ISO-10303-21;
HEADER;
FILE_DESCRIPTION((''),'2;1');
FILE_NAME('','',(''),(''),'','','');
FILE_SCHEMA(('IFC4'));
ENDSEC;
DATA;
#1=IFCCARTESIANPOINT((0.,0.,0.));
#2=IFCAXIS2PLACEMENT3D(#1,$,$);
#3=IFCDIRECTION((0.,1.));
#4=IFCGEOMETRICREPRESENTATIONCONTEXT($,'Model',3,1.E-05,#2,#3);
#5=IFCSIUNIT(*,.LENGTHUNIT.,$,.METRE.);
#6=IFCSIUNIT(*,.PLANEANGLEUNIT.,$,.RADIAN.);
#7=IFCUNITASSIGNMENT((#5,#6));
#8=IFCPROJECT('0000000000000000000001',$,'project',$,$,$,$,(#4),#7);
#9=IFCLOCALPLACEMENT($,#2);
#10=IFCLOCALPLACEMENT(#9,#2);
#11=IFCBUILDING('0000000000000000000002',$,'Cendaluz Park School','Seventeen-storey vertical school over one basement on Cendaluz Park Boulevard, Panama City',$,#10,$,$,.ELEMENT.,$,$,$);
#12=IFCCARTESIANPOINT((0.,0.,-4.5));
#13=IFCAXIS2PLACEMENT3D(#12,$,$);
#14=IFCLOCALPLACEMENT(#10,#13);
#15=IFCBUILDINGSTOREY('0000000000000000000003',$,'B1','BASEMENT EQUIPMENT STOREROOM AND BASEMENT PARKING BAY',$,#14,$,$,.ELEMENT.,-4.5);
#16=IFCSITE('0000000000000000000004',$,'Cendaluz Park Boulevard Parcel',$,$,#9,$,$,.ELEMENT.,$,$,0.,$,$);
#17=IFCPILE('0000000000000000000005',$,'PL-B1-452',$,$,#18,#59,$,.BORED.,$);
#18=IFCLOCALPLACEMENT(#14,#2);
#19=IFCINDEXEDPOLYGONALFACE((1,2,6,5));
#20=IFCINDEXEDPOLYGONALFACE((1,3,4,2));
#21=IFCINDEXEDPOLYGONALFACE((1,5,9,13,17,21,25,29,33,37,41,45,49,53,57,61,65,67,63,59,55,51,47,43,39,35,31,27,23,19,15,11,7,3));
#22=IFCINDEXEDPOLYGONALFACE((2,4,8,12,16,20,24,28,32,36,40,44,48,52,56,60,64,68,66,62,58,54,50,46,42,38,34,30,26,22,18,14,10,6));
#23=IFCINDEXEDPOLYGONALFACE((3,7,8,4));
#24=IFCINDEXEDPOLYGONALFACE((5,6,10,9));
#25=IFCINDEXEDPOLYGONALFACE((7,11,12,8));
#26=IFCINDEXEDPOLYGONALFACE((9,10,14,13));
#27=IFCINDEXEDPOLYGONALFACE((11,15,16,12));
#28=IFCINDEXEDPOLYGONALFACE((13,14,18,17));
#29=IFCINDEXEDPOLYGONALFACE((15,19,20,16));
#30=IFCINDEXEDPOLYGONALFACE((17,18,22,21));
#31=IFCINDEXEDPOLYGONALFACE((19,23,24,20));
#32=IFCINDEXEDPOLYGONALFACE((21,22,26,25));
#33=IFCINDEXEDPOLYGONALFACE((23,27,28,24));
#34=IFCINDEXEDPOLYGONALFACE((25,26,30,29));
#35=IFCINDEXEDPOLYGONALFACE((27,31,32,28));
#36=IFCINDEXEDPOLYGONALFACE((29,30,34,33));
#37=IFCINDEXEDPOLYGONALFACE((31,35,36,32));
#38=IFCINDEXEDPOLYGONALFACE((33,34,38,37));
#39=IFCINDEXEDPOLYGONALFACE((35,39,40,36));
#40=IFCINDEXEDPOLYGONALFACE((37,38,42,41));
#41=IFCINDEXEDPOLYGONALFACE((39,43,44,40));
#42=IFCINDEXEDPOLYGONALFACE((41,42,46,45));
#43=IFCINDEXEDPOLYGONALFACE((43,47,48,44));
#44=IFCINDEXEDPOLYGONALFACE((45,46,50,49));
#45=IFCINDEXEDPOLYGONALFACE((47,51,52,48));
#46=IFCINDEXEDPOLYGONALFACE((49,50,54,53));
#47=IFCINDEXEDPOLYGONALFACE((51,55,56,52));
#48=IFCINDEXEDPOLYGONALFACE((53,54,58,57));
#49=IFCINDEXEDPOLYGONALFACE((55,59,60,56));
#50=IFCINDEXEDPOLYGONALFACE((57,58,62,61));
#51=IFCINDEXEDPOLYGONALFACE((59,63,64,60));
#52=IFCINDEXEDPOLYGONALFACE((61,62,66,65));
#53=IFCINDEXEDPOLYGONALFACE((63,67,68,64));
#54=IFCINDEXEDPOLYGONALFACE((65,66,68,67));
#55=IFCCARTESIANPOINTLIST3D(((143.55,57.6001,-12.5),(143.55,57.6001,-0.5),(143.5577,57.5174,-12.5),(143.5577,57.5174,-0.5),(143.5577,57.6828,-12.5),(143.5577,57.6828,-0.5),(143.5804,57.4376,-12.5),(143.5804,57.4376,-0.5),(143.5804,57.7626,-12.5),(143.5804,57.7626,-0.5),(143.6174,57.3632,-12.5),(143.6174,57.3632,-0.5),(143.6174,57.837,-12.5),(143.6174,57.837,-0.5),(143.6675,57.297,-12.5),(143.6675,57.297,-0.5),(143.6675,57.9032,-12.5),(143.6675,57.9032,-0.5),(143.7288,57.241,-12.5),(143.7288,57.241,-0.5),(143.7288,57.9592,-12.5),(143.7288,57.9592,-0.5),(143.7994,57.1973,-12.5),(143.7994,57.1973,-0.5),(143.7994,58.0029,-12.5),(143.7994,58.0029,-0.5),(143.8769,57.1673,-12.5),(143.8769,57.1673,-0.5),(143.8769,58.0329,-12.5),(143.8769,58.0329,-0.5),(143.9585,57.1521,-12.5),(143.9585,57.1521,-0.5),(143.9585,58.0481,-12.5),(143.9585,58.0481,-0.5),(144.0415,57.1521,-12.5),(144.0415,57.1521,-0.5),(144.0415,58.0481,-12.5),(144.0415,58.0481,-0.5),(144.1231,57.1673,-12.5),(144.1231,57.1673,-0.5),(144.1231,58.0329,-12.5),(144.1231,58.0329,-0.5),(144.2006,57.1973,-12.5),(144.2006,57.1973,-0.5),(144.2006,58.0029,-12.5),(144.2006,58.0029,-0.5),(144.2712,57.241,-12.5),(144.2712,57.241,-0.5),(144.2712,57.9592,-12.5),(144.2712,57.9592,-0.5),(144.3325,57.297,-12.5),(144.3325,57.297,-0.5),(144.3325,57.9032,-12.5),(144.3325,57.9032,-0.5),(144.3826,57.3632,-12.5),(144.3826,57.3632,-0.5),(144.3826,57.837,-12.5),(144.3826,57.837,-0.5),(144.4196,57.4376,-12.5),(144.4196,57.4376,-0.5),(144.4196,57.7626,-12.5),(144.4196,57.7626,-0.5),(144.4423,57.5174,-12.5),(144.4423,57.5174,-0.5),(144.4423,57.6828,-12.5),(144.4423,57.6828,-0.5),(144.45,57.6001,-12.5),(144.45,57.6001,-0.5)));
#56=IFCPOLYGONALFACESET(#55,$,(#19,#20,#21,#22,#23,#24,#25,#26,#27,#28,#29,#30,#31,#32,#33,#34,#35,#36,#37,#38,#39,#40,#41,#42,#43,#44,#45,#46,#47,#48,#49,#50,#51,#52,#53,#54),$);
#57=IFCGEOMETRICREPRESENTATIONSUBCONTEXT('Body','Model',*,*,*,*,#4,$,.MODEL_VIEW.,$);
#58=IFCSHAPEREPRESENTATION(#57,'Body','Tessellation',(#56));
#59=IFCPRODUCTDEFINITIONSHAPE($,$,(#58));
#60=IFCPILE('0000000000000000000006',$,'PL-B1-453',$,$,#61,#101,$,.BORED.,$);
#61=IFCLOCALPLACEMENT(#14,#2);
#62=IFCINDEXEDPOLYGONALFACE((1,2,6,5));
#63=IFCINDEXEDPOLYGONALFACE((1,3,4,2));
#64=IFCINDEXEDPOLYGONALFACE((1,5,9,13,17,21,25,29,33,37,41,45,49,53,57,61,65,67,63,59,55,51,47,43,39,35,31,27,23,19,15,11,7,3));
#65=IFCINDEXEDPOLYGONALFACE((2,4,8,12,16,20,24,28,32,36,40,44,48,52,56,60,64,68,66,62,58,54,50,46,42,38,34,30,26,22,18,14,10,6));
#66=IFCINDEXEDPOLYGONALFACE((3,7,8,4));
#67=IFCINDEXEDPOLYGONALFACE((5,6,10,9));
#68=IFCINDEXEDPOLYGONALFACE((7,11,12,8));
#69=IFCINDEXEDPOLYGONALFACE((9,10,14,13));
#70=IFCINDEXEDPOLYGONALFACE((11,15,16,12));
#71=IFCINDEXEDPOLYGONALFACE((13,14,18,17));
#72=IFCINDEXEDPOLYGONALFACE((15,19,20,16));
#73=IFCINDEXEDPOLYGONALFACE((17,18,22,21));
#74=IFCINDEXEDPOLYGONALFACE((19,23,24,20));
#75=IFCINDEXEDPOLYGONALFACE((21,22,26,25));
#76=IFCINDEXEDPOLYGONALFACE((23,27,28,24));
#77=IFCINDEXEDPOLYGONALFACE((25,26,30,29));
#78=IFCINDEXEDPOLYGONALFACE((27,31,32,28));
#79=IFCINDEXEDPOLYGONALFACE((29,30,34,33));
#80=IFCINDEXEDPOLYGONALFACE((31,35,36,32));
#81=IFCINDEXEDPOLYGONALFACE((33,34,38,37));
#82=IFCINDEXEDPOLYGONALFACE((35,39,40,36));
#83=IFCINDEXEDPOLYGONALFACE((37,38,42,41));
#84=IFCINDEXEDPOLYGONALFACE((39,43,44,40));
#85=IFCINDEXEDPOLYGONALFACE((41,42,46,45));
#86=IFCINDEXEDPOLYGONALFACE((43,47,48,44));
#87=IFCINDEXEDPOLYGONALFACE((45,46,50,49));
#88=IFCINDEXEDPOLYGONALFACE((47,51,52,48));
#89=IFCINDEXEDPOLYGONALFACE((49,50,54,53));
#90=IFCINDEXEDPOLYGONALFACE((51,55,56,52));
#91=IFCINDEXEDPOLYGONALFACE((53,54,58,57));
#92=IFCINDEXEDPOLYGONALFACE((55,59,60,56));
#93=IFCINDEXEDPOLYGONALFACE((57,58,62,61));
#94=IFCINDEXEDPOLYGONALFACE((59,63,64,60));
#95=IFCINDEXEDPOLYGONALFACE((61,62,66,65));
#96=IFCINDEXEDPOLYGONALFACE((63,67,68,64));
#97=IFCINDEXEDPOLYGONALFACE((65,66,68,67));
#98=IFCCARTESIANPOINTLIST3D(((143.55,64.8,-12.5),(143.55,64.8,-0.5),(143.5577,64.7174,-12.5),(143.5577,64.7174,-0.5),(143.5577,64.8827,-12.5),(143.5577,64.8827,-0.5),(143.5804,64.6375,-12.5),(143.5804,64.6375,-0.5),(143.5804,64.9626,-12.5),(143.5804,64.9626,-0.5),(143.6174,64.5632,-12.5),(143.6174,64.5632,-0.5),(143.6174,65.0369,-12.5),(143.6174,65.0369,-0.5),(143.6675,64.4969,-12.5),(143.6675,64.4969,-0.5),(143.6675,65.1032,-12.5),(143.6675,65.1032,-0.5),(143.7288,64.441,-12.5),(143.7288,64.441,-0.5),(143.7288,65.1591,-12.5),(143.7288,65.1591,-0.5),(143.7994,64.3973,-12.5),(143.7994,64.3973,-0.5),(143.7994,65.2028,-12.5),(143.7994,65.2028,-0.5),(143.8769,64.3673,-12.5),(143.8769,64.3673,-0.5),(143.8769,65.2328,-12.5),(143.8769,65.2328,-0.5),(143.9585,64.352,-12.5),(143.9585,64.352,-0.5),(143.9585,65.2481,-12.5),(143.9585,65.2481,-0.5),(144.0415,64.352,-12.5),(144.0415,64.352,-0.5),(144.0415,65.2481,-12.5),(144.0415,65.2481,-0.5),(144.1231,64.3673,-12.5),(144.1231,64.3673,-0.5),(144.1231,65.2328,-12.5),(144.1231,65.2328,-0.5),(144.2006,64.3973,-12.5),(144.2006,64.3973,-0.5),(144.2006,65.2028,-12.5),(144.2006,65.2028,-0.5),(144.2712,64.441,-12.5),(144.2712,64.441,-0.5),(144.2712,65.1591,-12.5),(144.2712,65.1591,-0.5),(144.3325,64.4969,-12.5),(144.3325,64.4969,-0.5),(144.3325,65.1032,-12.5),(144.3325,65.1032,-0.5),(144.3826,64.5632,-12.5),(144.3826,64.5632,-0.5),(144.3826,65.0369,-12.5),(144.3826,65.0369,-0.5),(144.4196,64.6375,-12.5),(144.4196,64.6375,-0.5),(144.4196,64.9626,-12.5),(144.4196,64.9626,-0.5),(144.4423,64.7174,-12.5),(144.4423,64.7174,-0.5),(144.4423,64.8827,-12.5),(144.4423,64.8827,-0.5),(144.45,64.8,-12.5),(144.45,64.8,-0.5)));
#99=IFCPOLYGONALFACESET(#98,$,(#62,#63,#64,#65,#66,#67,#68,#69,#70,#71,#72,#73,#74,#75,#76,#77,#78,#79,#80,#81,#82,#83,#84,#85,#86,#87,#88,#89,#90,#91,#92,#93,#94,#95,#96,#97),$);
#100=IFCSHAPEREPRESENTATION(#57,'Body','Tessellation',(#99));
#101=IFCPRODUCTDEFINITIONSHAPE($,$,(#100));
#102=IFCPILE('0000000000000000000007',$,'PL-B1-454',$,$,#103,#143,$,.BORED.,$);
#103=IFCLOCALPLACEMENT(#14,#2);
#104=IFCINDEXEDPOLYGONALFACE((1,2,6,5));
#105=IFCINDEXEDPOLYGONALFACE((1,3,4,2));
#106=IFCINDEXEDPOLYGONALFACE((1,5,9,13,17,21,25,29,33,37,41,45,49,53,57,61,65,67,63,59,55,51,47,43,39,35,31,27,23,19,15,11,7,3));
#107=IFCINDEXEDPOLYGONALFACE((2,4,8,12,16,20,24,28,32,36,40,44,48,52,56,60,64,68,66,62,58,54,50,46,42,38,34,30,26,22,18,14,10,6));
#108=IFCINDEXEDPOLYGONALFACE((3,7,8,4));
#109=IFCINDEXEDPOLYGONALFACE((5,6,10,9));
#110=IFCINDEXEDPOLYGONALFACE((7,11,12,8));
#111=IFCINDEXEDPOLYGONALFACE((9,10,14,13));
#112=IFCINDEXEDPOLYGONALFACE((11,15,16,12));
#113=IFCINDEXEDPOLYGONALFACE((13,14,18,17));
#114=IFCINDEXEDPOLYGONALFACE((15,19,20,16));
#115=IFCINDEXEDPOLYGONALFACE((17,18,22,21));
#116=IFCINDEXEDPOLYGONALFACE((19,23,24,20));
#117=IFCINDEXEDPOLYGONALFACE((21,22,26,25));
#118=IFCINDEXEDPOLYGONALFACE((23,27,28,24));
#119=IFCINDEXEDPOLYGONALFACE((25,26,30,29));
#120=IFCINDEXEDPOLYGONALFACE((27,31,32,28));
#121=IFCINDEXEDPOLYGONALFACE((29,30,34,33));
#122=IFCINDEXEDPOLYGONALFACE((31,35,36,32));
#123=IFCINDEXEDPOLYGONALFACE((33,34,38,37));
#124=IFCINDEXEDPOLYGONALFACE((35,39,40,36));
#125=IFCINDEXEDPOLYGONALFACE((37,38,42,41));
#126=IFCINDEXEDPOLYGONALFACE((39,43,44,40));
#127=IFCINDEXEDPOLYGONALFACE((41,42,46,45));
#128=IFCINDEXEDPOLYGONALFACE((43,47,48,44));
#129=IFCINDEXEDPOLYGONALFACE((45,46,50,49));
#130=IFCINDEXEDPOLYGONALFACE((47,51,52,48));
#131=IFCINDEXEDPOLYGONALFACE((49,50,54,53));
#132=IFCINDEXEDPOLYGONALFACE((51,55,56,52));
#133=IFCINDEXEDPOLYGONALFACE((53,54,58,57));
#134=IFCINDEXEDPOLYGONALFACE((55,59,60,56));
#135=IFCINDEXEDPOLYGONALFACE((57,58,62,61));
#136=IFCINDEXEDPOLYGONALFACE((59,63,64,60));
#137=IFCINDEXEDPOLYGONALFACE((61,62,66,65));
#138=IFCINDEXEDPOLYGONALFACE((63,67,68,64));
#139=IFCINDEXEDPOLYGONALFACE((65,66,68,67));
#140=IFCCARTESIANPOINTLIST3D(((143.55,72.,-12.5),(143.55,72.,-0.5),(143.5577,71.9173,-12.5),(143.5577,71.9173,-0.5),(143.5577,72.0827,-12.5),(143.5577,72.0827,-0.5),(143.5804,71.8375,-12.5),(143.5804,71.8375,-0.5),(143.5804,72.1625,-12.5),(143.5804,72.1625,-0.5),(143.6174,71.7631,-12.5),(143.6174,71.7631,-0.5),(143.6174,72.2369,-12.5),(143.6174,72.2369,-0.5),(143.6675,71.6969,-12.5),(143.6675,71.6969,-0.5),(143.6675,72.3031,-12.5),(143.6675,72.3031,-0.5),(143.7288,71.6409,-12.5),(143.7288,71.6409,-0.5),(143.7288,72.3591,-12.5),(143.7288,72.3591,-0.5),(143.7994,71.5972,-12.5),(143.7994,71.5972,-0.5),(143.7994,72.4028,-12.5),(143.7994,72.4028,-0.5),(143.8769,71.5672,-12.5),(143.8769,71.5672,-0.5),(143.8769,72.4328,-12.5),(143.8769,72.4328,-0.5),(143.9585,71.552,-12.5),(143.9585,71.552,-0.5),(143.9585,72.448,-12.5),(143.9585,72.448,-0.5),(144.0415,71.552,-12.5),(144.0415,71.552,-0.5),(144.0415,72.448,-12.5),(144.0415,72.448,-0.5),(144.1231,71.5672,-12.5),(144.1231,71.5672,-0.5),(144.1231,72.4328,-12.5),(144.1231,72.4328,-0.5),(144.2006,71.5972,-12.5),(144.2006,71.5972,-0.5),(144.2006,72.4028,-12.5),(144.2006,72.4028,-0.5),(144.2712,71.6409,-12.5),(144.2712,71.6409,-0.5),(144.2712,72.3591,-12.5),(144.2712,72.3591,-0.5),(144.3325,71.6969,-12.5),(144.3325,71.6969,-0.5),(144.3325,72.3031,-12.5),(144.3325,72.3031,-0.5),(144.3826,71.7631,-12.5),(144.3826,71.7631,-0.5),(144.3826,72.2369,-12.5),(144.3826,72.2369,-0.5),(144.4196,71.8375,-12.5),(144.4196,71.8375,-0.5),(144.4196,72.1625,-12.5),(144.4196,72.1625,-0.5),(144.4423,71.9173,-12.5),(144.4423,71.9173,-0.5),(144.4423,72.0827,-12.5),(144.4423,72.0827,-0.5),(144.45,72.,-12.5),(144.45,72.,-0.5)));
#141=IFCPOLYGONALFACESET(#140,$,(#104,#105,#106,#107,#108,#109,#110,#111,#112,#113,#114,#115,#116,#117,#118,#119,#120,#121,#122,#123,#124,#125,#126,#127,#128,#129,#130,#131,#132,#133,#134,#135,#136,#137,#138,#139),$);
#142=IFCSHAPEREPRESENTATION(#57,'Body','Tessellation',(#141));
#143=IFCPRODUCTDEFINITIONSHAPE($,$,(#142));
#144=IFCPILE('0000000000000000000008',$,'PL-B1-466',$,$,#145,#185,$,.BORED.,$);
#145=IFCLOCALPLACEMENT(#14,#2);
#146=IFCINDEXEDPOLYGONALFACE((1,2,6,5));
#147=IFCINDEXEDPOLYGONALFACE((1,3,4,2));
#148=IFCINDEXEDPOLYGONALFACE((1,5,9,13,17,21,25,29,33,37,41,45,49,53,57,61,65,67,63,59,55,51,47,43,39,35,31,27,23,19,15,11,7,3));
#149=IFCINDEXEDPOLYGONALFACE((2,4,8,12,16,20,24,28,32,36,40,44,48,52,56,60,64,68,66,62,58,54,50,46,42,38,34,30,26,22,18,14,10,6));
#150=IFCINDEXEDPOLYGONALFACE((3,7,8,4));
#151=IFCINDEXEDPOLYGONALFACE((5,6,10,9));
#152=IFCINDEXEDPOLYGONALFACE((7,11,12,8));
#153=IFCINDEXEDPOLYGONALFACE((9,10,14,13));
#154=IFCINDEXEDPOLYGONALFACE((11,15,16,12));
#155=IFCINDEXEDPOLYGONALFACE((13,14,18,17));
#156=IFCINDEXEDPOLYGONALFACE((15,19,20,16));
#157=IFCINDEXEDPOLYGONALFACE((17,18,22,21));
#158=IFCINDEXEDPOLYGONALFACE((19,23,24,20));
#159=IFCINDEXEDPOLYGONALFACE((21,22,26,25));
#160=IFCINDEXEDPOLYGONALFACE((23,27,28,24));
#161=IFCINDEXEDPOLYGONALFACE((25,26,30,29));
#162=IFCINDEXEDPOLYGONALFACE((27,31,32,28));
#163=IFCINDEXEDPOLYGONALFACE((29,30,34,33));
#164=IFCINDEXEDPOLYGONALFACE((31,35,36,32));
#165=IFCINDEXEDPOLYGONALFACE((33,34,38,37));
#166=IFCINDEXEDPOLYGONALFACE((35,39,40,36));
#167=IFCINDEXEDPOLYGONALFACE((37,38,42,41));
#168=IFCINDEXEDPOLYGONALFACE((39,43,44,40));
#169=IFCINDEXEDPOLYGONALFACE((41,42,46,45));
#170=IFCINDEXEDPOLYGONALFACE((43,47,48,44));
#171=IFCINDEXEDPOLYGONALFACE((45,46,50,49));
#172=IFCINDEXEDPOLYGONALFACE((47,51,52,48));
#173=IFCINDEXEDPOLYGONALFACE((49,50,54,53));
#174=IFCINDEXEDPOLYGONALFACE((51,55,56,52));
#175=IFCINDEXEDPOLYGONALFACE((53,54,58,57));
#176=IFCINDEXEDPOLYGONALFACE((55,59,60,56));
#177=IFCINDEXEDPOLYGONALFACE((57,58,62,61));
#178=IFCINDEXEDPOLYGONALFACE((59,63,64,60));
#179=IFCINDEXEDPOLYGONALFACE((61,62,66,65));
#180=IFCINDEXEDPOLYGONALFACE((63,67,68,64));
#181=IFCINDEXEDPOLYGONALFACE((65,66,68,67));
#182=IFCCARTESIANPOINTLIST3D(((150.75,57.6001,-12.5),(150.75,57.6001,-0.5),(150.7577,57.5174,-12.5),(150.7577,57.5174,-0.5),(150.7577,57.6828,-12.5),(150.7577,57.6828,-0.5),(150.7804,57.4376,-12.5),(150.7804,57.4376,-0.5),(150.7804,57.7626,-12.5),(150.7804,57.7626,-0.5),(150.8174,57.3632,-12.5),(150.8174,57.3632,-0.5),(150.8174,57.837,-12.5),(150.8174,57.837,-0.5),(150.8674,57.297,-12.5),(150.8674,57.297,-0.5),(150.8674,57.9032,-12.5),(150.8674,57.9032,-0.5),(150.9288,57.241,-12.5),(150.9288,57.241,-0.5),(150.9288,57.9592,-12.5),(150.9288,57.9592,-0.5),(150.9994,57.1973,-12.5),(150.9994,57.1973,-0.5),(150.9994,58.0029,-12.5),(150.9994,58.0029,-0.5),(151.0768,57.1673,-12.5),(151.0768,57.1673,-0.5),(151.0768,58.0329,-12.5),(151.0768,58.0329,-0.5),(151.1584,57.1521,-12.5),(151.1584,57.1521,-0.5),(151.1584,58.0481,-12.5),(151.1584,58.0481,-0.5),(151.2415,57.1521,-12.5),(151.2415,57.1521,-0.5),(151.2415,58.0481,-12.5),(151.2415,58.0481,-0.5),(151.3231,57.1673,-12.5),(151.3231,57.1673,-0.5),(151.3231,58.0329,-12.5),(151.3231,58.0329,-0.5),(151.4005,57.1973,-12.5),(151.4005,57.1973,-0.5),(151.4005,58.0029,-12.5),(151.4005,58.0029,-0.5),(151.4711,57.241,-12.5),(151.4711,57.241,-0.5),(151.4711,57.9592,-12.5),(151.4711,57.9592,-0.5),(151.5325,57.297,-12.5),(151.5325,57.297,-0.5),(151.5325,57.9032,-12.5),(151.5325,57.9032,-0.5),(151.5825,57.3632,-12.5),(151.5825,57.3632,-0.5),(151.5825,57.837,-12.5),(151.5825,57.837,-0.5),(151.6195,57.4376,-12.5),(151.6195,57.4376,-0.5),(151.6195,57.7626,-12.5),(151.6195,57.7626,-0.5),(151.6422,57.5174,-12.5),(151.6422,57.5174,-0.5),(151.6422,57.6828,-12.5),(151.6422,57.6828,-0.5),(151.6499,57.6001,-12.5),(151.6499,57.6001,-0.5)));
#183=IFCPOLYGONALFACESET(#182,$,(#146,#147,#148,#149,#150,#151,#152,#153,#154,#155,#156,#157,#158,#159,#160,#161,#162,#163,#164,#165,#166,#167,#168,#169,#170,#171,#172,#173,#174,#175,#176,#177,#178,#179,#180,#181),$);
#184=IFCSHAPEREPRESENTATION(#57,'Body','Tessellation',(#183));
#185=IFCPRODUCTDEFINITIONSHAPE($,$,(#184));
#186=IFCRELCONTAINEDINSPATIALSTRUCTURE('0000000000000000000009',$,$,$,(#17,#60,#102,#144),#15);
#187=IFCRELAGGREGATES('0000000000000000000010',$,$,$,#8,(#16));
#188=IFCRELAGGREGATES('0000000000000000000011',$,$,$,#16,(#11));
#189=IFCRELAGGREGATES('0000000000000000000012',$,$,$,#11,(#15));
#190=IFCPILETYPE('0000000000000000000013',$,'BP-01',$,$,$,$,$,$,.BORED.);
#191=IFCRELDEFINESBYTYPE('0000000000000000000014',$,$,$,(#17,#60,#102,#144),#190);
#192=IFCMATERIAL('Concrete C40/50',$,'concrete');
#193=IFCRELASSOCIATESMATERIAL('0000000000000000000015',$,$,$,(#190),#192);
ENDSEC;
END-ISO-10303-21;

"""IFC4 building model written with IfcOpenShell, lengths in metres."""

from ifc_helpers import new_model, si_unit, direction, frame, origin, origin_2d, place, context, subcontext, project, spatial, circle, extrude, material, material_profile, profile_set, type_object, element, save


model = new_model("IFC4")

# Units and contexts
model_context = context("Model", 3, precision=1e-05, world=origin(), true_north=direction((0.0, 1.0)))
body_context = subcontext(model_context, "Body", "Model", "MODEL_VIEW")
ifc_project = project(units=[si_unit("LENGTHUNIT", "METRE"), si_unit("PLANEANGLEUNIT", "RADIAN")], contexts=[model_context])

# Site, building, storey
site_placement = place(None, origin())
site = spatial("IfcSite", under=ifc_project, at=site_placement, Name="Cendaluz Park Boulevard Parcel", CompositionType="ELEMENT", RefElevation=0.0)
building_placement = place(site_placement, origin())
building = spatial("IfcBuilding", under=site, at=building_placement, Name="Cendaluz Park School", Description="Seventeen-storey vertical school over one basement on Cendaluz Park Boulevard, Panama City", CompositionType="ELEMENT")
storey_placement = place(building_placement, frame((0.0, 0.0, -4.5)))
storey = spatial("IfcBuildingStorey", under=building, at=storey_placement, Name="B1", Description="BASEMENT EQUIPMENT STOREROOM AND BASEMENT PARKING BAY", CompositionType="ELEMENT", Elevation=-4.5)

# Piles
ifc_material_1 = material(Name="Concrete C40/50", Category="concrete")
ifc_material_profile_1 = material_profile(ifc_material_1, circle(Radius=0.45, at=origin_2d()), Name="BP D900", Category="concrete")
ifc_profile_set_1 = profile_set([ifc_material_profile_1], Name="Concrete C40/50")
pile_type_1 = type_object("IfcPileType", Name="BP-01", PredefinedType="BORED", material=ifc_profile_set_1)
for number, where, z_axis, x_axis, name in (
    (1, (144.0, 57.6001, -0.5), (0.0, 0.0, -1.0), (1.0, 0.0, 0.0), "PL-B1-452"),
    (2, (144.0, 64.8, -0.5), (0.0, 0.0, -1.0), (1.0, 0.0, 0.0), "PL-B1-453"),
    (3, (144.0, 72.0, -0.5), (0.0, 0.0, -1.0), (1.0, 0.0, 0.0), "PL-B1-454"),
    (4, (151.2, 57.6001, -0.5), (0.0, 0.0, -1.0), (1.0, 0.0, 0.0), "PL-B1-466"),
):
    element("IfcPile", number, at=place(storey_placement, frame(where, z_axis=z_axis, x_axis=x_axis)), inside=storey, type_object=pile_type_1, Name=name, PredefinedType="BORED", context=body_context, shape_type="SweptSolid", body=[
        extrude(circle(Radius=0.45, at=origin_2d()), origin(), (0.0, 0.0, 1.0), 12.0),
    ])

save(model, "model.ifc")
